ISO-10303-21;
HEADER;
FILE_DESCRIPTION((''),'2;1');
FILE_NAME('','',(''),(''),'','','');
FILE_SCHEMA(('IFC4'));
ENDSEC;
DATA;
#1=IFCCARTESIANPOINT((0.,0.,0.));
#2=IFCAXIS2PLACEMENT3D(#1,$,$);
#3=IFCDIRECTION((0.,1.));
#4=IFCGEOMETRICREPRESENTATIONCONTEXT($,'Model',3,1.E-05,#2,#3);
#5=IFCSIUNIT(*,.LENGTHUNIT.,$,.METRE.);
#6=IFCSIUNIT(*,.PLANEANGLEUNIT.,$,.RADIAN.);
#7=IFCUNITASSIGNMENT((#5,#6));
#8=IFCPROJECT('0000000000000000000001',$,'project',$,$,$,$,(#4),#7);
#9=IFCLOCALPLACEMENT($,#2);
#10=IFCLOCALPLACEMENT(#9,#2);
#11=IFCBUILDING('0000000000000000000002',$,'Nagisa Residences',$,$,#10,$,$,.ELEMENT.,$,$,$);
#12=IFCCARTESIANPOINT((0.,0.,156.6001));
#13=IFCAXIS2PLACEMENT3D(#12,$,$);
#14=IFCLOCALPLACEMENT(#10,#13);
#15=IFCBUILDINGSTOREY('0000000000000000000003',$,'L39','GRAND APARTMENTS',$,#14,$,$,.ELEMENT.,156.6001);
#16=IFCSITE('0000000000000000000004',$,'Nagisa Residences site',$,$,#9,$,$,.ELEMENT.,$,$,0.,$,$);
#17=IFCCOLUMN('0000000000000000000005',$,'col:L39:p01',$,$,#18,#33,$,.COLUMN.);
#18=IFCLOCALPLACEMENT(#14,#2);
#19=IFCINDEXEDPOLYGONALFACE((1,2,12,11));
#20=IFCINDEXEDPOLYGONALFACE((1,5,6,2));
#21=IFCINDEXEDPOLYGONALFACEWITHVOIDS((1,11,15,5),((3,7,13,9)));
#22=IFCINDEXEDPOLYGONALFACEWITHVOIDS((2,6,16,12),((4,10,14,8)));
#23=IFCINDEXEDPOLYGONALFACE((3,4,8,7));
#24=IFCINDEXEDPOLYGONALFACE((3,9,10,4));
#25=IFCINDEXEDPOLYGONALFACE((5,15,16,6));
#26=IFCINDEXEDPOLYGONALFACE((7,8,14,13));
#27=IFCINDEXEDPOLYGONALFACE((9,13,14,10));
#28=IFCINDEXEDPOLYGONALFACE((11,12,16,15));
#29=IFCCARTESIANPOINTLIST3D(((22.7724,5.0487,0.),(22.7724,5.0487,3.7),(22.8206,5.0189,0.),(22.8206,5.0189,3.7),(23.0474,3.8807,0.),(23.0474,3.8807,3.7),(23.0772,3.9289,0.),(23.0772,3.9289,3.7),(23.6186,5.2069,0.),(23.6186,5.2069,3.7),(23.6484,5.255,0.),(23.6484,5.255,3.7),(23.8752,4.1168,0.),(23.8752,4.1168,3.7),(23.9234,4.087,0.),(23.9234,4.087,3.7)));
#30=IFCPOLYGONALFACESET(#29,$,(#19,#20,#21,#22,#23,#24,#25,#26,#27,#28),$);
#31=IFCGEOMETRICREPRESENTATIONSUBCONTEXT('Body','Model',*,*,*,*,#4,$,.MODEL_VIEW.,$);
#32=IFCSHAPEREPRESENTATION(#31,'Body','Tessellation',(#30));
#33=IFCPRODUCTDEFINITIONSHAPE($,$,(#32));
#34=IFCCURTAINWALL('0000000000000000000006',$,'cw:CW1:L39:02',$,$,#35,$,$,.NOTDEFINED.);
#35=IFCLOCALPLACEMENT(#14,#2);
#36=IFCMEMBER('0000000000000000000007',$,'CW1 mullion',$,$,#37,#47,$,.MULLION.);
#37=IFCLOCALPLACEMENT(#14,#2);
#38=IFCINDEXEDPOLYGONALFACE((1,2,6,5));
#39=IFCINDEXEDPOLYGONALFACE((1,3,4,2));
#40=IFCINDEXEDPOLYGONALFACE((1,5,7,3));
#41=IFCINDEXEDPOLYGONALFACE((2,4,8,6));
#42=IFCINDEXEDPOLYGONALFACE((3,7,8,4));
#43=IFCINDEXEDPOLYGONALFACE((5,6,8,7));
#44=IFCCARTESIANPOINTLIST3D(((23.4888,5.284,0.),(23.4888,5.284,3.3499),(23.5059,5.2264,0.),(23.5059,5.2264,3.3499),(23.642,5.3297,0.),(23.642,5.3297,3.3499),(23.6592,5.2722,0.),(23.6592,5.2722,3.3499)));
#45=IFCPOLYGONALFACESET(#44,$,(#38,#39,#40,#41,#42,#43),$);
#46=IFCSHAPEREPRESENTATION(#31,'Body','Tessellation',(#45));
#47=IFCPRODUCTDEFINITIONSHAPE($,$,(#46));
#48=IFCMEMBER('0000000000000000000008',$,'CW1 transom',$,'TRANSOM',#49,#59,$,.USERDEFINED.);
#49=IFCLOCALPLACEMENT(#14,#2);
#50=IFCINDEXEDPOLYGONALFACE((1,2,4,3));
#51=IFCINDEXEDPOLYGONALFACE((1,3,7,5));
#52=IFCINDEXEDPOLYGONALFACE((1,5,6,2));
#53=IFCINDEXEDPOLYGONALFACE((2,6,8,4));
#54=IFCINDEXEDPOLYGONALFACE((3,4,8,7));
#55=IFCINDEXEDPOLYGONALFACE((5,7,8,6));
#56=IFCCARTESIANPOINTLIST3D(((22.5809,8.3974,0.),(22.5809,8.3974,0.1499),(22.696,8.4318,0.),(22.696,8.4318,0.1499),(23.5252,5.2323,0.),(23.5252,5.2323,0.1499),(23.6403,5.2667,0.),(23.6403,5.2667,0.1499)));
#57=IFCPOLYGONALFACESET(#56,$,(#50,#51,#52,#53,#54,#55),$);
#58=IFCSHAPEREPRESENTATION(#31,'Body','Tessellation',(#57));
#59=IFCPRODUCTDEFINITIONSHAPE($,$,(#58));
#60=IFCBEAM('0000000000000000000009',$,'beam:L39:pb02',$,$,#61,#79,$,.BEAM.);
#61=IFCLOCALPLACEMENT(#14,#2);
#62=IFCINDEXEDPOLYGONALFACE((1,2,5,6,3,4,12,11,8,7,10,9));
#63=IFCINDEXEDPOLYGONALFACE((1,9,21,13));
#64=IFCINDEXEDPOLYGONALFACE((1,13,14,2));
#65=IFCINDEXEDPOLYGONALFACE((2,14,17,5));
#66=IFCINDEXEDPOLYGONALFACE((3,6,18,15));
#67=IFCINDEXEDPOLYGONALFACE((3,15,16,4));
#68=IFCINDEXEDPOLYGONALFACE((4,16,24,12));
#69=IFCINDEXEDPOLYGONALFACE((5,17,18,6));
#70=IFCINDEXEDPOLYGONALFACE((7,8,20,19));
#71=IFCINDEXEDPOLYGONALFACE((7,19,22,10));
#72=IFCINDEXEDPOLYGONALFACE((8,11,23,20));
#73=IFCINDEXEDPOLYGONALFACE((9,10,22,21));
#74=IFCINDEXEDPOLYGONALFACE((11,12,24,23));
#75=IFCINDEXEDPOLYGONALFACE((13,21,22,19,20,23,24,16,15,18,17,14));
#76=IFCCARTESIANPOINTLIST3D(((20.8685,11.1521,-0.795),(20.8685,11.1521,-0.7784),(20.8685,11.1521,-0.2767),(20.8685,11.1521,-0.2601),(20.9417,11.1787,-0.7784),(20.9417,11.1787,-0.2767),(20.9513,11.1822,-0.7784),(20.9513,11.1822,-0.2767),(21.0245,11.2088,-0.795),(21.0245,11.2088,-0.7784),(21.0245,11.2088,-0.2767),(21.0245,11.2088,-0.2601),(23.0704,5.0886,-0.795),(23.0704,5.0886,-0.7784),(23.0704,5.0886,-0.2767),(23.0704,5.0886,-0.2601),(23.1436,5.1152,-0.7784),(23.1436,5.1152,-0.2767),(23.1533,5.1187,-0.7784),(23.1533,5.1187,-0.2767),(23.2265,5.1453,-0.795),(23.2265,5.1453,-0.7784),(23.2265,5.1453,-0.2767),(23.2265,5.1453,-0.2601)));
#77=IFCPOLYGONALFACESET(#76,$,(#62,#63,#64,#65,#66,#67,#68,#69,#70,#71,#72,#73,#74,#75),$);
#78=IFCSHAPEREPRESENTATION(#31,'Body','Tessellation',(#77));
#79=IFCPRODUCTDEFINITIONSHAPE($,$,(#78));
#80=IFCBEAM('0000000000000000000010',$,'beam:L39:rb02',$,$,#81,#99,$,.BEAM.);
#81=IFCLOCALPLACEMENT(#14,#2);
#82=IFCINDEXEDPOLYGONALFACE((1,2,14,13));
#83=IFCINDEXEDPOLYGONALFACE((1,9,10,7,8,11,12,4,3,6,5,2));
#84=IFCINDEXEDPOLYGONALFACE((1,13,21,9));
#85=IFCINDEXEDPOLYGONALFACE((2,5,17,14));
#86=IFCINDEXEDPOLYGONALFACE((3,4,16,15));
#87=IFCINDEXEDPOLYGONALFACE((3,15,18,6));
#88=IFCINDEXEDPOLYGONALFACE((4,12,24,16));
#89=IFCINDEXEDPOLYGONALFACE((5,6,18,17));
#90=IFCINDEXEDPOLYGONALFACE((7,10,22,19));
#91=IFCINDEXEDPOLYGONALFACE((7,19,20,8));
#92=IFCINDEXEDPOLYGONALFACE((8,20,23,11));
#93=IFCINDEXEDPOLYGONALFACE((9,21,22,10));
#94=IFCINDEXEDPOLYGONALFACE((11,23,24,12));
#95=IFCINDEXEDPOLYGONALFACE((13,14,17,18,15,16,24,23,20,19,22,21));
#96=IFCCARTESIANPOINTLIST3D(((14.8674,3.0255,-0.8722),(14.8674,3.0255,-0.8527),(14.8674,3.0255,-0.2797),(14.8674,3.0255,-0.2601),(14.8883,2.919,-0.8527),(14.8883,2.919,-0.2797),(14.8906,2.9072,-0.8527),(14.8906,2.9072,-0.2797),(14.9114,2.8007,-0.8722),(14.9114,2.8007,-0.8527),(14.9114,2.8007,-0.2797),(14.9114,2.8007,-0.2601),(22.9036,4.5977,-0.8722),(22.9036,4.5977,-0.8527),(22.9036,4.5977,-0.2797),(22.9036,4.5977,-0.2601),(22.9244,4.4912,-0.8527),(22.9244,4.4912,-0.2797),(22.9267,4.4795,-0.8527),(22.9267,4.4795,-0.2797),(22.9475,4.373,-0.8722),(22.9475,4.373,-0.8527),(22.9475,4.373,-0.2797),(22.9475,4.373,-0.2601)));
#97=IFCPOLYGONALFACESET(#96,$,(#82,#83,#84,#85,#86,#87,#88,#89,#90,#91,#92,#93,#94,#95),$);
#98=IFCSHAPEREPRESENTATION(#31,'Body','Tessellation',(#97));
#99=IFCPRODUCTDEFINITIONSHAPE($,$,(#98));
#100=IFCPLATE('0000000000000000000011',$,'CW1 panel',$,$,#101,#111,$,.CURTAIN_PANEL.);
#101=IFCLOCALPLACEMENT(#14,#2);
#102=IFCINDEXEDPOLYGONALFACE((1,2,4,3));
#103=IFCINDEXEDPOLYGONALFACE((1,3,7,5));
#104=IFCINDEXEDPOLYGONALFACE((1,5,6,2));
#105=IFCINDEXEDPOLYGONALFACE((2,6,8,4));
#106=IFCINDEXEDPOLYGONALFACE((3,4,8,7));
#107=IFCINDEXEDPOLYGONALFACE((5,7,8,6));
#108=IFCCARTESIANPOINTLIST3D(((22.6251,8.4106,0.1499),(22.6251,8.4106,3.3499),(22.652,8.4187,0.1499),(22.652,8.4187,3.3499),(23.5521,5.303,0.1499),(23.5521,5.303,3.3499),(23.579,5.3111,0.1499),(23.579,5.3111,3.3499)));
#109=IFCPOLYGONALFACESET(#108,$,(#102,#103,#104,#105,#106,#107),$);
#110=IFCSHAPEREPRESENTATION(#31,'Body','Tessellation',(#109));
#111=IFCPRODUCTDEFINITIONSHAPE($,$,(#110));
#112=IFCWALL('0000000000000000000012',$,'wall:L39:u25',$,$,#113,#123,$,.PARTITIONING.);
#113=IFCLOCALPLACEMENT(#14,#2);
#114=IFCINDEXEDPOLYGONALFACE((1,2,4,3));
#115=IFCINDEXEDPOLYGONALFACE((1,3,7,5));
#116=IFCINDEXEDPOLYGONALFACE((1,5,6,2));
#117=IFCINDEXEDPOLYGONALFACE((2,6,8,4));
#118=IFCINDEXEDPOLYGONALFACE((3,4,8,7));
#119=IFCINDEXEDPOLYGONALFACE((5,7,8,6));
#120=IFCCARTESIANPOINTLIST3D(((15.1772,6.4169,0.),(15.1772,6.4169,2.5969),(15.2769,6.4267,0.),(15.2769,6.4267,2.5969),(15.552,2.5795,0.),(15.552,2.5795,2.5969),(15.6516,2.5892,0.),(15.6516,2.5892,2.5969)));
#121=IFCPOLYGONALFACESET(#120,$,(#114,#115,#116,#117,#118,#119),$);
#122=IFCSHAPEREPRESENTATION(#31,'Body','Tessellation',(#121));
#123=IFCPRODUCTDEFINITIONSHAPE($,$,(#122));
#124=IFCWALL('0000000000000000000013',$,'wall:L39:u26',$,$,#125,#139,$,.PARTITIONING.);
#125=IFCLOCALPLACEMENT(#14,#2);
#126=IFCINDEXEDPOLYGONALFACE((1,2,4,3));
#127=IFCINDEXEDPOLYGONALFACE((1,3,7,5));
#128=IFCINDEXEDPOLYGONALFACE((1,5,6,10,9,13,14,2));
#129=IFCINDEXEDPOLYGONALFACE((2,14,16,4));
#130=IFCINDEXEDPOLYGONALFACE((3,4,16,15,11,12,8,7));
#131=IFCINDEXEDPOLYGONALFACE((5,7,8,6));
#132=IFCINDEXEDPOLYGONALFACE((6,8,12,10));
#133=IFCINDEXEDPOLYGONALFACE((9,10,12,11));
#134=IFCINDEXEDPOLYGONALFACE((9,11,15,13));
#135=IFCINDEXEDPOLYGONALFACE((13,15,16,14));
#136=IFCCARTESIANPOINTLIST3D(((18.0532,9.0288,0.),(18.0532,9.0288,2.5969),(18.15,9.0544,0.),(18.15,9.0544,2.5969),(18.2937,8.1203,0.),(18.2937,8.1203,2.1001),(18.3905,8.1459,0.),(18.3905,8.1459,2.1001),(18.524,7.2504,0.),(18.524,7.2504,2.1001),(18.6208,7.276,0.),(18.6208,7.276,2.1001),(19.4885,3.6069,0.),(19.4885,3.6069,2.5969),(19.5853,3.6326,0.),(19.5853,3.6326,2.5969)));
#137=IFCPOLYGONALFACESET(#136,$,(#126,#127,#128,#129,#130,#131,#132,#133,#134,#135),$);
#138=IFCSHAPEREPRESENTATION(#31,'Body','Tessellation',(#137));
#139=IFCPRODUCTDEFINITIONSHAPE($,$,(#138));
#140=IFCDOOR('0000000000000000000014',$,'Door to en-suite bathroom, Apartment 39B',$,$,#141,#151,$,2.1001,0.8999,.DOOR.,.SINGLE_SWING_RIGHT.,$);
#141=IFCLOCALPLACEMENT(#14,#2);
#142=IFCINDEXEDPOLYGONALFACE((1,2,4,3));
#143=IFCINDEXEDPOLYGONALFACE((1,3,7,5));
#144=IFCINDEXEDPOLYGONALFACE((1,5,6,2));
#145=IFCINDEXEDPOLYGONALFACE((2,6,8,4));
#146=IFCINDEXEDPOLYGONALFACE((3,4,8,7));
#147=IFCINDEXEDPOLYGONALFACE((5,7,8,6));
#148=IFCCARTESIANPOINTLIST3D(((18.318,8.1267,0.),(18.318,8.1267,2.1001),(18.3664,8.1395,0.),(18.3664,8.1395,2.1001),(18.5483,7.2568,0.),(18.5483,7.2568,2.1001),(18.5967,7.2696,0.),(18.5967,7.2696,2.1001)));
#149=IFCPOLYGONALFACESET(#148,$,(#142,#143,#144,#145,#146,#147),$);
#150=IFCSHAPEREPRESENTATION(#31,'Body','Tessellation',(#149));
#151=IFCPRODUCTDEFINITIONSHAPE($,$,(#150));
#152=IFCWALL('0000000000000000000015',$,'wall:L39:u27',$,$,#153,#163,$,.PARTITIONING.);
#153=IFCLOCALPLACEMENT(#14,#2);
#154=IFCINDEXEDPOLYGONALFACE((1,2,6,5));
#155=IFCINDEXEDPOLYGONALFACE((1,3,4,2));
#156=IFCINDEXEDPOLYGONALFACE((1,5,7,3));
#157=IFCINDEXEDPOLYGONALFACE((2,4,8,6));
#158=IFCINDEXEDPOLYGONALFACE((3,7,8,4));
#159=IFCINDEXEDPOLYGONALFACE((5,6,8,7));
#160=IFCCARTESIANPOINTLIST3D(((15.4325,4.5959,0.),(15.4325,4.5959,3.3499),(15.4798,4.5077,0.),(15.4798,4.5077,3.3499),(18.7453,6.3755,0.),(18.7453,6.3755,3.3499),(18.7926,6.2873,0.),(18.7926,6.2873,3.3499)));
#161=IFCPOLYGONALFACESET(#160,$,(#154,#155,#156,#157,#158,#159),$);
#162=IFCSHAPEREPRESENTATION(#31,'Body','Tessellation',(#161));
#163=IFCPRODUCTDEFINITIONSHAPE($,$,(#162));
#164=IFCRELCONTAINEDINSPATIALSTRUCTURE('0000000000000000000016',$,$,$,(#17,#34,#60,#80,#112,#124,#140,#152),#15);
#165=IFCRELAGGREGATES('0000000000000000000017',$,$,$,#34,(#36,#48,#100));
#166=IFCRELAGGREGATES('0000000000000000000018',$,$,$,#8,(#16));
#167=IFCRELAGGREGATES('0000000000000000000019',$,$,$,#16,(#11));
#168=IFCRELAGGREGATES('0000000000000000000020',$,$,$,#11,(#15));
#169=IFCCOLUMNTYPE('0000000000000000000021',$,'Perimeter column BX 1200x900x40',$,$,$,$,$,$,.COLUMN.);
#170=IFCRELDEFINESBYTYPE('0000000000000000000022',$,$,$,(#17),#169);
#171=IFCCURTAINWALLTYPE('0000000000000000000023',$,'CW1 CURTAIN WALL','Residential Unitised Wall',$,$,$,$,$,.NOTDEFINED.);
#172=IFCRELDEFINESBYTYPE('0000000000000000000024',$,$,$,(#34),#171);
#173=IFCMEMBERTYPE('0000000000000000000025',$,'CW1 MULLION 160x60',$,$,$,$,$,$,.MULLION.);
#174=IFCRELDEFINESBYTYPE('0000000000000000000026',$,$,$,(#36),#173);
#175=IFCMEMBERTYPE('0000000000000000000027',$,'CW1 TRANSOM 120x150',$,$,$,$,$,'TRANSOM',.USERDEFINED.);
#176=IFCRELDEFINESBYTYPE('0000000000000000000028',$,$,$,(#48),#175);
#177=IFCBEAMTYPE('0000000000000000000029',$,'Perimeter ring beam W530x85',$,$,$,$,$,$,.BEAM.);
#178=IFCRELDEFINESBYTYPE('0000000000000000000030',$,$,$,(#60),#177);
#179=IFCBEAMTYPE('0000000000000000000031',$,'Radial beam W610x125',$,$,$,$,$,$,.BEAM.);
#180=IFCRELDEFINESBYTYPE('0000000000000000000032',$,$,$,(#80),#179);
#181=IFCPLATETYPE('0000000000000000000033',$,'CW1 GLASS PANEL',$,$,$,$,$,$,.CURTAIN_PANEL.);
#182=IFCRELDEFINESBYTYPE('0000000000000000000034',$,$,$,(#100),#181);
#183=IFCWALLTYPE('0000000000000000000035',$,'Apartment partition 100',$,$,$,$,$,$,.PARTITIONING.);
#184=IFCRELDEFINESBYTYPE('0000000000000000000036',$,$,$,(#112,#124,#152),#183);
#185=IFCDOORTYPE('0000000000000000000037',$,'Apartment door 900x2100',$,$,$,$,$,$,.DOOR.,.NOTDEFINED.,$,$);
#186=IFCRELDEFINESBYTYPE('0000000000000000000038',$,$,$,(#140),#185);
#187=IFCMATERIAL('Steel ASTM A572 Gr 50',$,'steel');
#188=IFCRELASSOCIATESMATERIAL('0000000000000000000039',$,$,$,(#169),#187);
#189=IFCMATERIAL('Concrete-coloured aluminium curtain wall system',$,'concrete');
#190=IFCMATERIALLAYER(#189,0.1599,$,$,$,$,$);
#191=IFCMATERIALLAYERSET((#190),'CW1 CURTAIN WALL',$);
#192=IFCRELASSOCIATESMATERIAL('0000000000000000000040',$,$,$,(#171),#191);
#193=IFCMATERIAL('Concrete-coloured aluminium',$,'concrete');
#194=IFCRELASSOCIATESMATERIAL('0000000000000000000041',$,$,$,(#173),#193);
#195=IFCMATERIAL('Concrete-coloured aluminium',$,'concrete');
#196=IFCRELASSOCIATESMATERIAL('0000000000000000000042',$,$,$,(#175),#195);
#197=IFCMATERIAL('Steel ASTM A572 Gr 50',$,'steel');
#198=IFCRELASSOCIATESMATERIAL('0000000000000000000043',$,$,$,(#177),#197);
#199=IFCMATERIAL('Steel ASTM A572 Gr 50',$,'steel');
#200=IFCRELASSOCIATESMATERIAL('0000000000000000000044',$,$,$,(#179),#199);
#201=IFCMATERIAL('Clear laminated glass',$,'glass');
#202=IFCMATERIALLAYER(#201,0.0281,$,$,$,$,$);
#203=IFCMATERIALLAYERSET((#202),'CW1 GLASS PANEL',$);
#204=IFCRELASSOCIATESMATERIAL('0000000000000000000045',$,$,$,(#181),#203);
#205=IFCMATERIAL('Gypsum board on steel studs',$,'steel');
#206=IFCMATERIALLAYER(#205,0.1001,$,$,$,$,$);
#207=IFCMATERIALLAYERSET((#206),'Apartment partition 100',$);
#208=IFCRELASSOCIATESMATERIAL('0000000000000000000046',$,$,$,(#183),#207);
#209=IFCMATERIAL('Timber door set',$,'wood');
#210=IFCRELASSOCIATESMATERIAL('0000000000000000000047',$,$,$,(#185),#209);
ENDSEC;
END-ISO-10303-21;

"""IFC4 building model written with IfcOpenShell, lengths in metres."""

from ifc_helpers import new_model, si_unit, direction, frame, frame_2d, origin, origin_2d, place, context, subcontext, project, spatial, rectangle, hollow_rectangle, i_section, extrude, material, layer, layer_set, material_profile, profile_set, type_object, element, fill, aggregate, save


model = new_model("IFC4")

# Units and contexts
model_context = context("Model", 3, precision=1e-05, world=origin(), true_north=direction((0.0, 1.0)))
body_context = subcontext(model_context, "Body", "Model", "MODEL_VIEW")
ifc_project = project(units=[si_unit("LENGTHUNIT", "METRE"), si_unit("PLANEANGLEUNIT", "RADIAN")], contexts=[model_context])

# Site, building, storey
site_placement = place(None, origin())
site = spatial("IfcSite", under=ifc_project, at=site_placement, Name="Nagisa Residences site", CompositionType="ELEMENT", RefElevation=0.0)
building_placement = place(site_placement, origin())
building = spatial("IfcBuilding", under=site, at=building_placement, Name="Nagisa Residences", CompositionType="ELEMENT")
storey_placement = place(building_placement, frame((0.0, 0.0, 156.6001)))
storey = spatial("IfcBuildingStorey", under=building, at=storey_placement, Name="L39", Description="GRAND APARTMENTS", CompositionType="ELEMENT", Elevation=156.6001)

# Column
ifc_material_1 = material(Name="Steel ASTM A572 Gr 50", Category="steel")
ifc_material_profile_1 = material_profile(ifc_material_1, hollow_rectangle(XDim=1.2, YDim=0.8999, WallThickness=0.04, at=origin_2d()), Name="BX 1200x900x40")
ifc_profile_set_1 = profile_set([ifc_material_profile_1], Name="Steel ASTM A572 Gr 50")
column_type = type_object("IfcColumnType", Name="Perimeter column BX 1200x900x40", PredefinedType="COLUMN", material=ifc_profile_set_1)
column_placement = place(storey_placement, frame((23.3479, 4.5679, 0.0), z_axis=(0.0, 0.0, 1.0), x_axis=(-0.229202, 0.973379, 0.0)))
element("IfcColumn", 1, at=column_placement, inside=storey, type_object=column_type, Name="col:L39:p01", PredefinedType="COLUMN", context=body_context, shape_type="SweptSolid", body=[
    extrude(hollow_rectangle(XDim=1.2, YDim=0.8999, WallThickness=0.04, at=origin_2d()), origin(), (0.0, 0.0, 1.0), 3.7),
])

# Curtain wall, members
ifc_material_2 = material(Name="Concrete-coloured aluminium curtain wall system", Category="concrete")
ifc_layer_1 = layer(ifc_material_2, 0.1599)
ifc_layer_set_1 = layer_set([ifc_layer_1], Name="CW1 CURTAIN WALL")
curtain_wall_type = type_object("IfcCurtainWallType", Name="CW1 CURTAIN WALL", Description="Residential Unitised Wall", PredefinedType="NOTDEFINED", material=ifc_layer_set_1)
curtain_wall_placement = place(storey_placement, origin())
curtain_wall = element("IfcCurtainWall", 2, at=curtain_wall_placement, inside=storey, type_object=curtain_wall_type, Name="cw:CW1:L39:02", PredefinedType="NOTDEFINED")
ifc_material_3 = material(Name="Concrete-coloured aluminium", Category="concrete")
ifc_material_profile_2 = material_profile(ifc_material_3, rectangle(XDim=0.1599, YDim=0.0601, at=origin_2d()), Name="CW1 MULLION 160x60")
ifc_profile_set_2 = profile_set([ifc_material_profile_2], Name="Concrete-coloured aluminium")
member_type_1 = type_object("IfcMemberType", Name="CW1 MULLION 160x60", PredefinedType="MULLION", material=ifc_profile_set_2)
member_1_placement = place(storey_placement, frame((23.574, 5.2781, 0.0), z_axis=(0.0, 0.0, 1.0), x_axis=(-0.958271, -0.28586, 0.0)))
member_1 = element("IfcMember", 3, at=member_1_placement, type_object=member_type_1, Name="CW1 mullion", PredefinedType="MULLION", context=body_context, shape_type="SweptSolid", body=[
    extrude(rectangle(XDim=0.1599, YDim=0.0601, at=origin_2d()), origin(), (0.0, 0.0, 1.0), 3.3499),
])
ifc_material_4 = material(Name="Concrete-coloured aluminium", Category="concrete")
ifc_material_profile_3 = material_profile(ifc_material_4, rectangle(XDim=0.1201, YDim=0.1499, at=origin_2d()), Name="CW1 TRANSOM 120x150")
ifc_profile_set_3 = profile_set([ifc_material_profile_3], Name="Concrete-coloured aluminium")
member_type_2 = type_object("IfcMemberType", Name="CW1 TRANSOM 120x150", ElementType="TRANSOM", PredefinedType="USERDEFINED", material=ifc_profile_set_3)
member_2_placement = place(storey_placement, frame((23.5828, 5.2495, 0.075), z_axis=(-0.28591, 0.958257, 0.0), x_axis=(-0.958257, -0.28591, 0.0)))
member_2 = element("IfcMember", 4, at=member_2_placement, type_object=member_type_2, Name="CW1 transom", ObjectType="TRANSOM", PredefinedType="USERDEFINED", context=body_context, shape_type="SweptSolid", body=[
    extrude(rectangle(XDim=0.1201, YDim=0.1499, at=origin_2d()), origin(), (0.0, 0.0, 1.0), 3.303),
])

# Beams
ifc_material_5 = material(Name="Steel ASTM A572 Gr 50", Category="steel")
ifc_material_profile_4 = material_profile(ifc_material_5, i_section(OverallWidth=0.166, OverallDepth=0.5349, WebThickness=0.0103, FlangeThickness=0.0166, at=origin_2d()), Name="W530x85")
ifc_profile_set_4 = profile_set([ifc_material_profile_4], Name="Steel ASTM A572 Gr 50")
beam_type_1 = type_object("IfcBeamType", Name="Perimeter ring beam W530x85", PredefinedType="BEAM", material=ifc_profile_set_4)
beam_1_placement = place(storey_placement, frame((23.1484, 5.1169, -0.5276), z_axis=(-0.341333, 0.939943, 0.0), x_axis=(-0.939943, -0.341333, 0.0)))
element("IfcBeam", 5, at=beam_1_placement, inside=storey, type_object=beam_type_1, Name="beam:L39:pb02", PredefinedType="BEAM", context=body_context, shape_type="SweptSolid", body=[
    extrude(i_section(OverallWidth=0.166, OverallDepth=0.5349, WebThickness=0.0103, FlangeThickness=0.0166, at=origin_2d()), origin(), (0.0, 0.0, 1.0), 6.4509),
])
ifc_material_6 = material(Name="Steel ASTM A572 Gr 50", Category="steel")
ifc_material_profile_5 = material_profile(ifc_material_6, i_section(OverallWidth=0.229, OverallDepth=0.6121, WebThickness=0.012, FlangeThickness=0.0195, at=origin_2d()), Name="W610x125")
ifc_profile_set_5 = profile_set([ifc_material_profile_5], Name="Steel ASTM A572 Gr 50")
beam_type_2 = type_object("IfcBeamType", Name="Radial beam W610x125", PredefinedType="BEAM", material=ifc_profile_set_5)
beam_2_placement = place(storey_placement, frame((22.9255, 4.4854, -0.5662), z_axis=(-0.981393, -0.192009, 0.0), x_axis=(0.192009, -0.981393, 0.0)))
element("IfcBeam", 6, at=beam_2_placement, inside=storey, type_object=beam_type_2, Name="beam:L39:rb02", PredefinedType="BEAM", context=body_context, shape_type="SweptSolid", body=[
    extrude(i_section(OverallWidth=0.229, OverallDepth=0.6121, WebThickness=0.012, FlangeThickness=0.0195, at=origin_2d()), origin(), (0.0, 0.0, 1.0), 8.1885),
])

# Plate
ifc_material_7 = material(Name="Clear laminated glass", Category="glass")
ifc_layer_2 = layer(ifc_material_7, 0.0281)
ifc_layer_set_2 = layer_set([ifc_layer_2], Name="CW1 GLASS PANEL")
plate_type = type_object("IfcPlateType", Name="CW1 GLASS PANEL", PredefinedType="CURTAIN_PANEL", material=ifc_layer_set_2)
plate_placement = place(storey_placement, frame((23.1021, 6.8608, 0.1499), z_axis=(0.0, 0.0, 1.0), x_axis=(-0.28586, 0.958271, 0.0)))
plate = element("IfcPlate", 7, at=plate_placement, type_object=plate_type, Name="CW1 panel", PredefinedType="CURTAIN_PANEL", context=body_context, shape_type="SweptSolid", body=[
    extrude(rectangle(XDim=3.2429, YDim=0.0281, at=origin_2d()), origin(), (0.0, 0.0, 1.0), 3.2),
])
aggregate(curtain_wall, [member_1, member_2, plate])

# Wall
ifc_material_8 = material(Name="Gypsum board on steel studs", Category="steel")
ifc_layer_3 = layer(ifc_material_8, 0.1001)
ifc_layer_set_3 = layer_set([ifc_layer_3], Name="Apartment partition 100")
wall_type_1 = type_object("IfcWallType", Name="Apartment partition 100", PredefinedType="PARTITIONING", material=ifc_layer_set_3)
wall_1_placement = place(storey_placement, frame((15.6018, 2.5845, 0.0), z_axis=(0.0, 0.0, 1.0), x_axis=(-0.097196, 0.995265, 0.0)))
element("IfcWall", 8, at=wall_1_placement, inside=storey, type_object=wall_type_1, Name="wall:L39:u25", PredefinedType="PARTITIONING", context=body_context, shape_type="SweptSolid", body=[
    extrude(rectangle(XDim=3.8557, YDim=0.1001, at=frame_2d((1.9277, 0.0))), origin(), (0.0, 0.0, 1.0), 2.5969),
])

# Wall, opening, door
wall_2_placement = place(storey_placement, frame((19.5369, 3.6199, 0.0), z_axis=(0.0, 0.0, 1.0), x_axis=(-0.255909, 0.966701, 0.0)))
wall_2 = element("IfcWall", 9, at=wall_2_placement, inside=storey, type_object=wall_type_1, Name="wall:L39:u26", PredefinedType="PARTITIONING", context=body_context, shape_type="SweptSolid", body=[
    extrude(rectangle(XDim=5.6086, YDim=0.1001, at=frame_2d((2.8042, 0.0))), origin(), (0.0, 0.0, 1.0), 2.5969),
])
opening_1_placement = place(wall_2_placement, frame((3.7688, 0.0, 0.0)))
opening_1 = element("IfcOpeningElement", 10, at=opening_1_placement, cuts=wall_2, PredefinedType="OPENING", context=body_context, shape_type="SweptSolid", body=[
    extrude(rectangle(XDim=0.8999, YDim=2.1001, at=frame_2d((0.45, 1.05))), frame((0.0, 0.0601, 0.0), z_axis=(0.0, -1.0, 0.0), x_axis=(1.0, 0.0, 0.0)), (0.0, 0.0, 1.0), 0.1201),
])
ifc_material_9 = material(Name="Timber door set", Category="wood")
door_type_1 = type_object("IfcDoorType", Name="Apartment door 900x2100", OperationType="NOTDEFINED", PredefinedType="DOOR", material=ifc_material_9)
door_1_placement = place(opening_1_placement, origin())
door_1 = element("IfcDoor", 11, at=door_1_placement, inside=storey, type_object=door_type_1, Name="Door to en-suite bathroom, Apartment 39B", OperationType="SINGLE_SWING_RIGHT", OverallHeight=2.1001, OverallWidth=0.8999, PredefinedType="DOOR", context=body_context, shape_type="SweptSolid", body=[
    extrude(rectangle(XDim=0.8999, YDim=2.1001, at=frame_2d((0.45, 1.05))), frame((0.0, 0.0249, 0.0), z_axis=(0.0, -1.0, 0.0), x_axis=(1.0, 0.0, 0.0)), (0.0, 0.0, 1.0), 0.05),
])
fill(opening_1, door_1)

# Wall
wall_3_placement = place(storey_placement, frame((15.4561, 4.5518, 0.0), z_axis=(0.0, 0.0, 1.0), x_axis=(0.880942, 0.473225, 0.0)))
element("IfcWall", 12, at=wall_3_placement, inside=storey, type_object=wall_type_1, Name="wall:L39:u27", PredefinedType="PARTITIONING", context=body_context, shape_type="SweptSolid", body=[
    extrude(rectangle(XDim=3.7605, YDim=0.1001, at=frame_2d((1.8804, 0.0))), origin(), (0.0, 0.0, 1.0), 3.3499),
])

save(model, "model.ifc")
